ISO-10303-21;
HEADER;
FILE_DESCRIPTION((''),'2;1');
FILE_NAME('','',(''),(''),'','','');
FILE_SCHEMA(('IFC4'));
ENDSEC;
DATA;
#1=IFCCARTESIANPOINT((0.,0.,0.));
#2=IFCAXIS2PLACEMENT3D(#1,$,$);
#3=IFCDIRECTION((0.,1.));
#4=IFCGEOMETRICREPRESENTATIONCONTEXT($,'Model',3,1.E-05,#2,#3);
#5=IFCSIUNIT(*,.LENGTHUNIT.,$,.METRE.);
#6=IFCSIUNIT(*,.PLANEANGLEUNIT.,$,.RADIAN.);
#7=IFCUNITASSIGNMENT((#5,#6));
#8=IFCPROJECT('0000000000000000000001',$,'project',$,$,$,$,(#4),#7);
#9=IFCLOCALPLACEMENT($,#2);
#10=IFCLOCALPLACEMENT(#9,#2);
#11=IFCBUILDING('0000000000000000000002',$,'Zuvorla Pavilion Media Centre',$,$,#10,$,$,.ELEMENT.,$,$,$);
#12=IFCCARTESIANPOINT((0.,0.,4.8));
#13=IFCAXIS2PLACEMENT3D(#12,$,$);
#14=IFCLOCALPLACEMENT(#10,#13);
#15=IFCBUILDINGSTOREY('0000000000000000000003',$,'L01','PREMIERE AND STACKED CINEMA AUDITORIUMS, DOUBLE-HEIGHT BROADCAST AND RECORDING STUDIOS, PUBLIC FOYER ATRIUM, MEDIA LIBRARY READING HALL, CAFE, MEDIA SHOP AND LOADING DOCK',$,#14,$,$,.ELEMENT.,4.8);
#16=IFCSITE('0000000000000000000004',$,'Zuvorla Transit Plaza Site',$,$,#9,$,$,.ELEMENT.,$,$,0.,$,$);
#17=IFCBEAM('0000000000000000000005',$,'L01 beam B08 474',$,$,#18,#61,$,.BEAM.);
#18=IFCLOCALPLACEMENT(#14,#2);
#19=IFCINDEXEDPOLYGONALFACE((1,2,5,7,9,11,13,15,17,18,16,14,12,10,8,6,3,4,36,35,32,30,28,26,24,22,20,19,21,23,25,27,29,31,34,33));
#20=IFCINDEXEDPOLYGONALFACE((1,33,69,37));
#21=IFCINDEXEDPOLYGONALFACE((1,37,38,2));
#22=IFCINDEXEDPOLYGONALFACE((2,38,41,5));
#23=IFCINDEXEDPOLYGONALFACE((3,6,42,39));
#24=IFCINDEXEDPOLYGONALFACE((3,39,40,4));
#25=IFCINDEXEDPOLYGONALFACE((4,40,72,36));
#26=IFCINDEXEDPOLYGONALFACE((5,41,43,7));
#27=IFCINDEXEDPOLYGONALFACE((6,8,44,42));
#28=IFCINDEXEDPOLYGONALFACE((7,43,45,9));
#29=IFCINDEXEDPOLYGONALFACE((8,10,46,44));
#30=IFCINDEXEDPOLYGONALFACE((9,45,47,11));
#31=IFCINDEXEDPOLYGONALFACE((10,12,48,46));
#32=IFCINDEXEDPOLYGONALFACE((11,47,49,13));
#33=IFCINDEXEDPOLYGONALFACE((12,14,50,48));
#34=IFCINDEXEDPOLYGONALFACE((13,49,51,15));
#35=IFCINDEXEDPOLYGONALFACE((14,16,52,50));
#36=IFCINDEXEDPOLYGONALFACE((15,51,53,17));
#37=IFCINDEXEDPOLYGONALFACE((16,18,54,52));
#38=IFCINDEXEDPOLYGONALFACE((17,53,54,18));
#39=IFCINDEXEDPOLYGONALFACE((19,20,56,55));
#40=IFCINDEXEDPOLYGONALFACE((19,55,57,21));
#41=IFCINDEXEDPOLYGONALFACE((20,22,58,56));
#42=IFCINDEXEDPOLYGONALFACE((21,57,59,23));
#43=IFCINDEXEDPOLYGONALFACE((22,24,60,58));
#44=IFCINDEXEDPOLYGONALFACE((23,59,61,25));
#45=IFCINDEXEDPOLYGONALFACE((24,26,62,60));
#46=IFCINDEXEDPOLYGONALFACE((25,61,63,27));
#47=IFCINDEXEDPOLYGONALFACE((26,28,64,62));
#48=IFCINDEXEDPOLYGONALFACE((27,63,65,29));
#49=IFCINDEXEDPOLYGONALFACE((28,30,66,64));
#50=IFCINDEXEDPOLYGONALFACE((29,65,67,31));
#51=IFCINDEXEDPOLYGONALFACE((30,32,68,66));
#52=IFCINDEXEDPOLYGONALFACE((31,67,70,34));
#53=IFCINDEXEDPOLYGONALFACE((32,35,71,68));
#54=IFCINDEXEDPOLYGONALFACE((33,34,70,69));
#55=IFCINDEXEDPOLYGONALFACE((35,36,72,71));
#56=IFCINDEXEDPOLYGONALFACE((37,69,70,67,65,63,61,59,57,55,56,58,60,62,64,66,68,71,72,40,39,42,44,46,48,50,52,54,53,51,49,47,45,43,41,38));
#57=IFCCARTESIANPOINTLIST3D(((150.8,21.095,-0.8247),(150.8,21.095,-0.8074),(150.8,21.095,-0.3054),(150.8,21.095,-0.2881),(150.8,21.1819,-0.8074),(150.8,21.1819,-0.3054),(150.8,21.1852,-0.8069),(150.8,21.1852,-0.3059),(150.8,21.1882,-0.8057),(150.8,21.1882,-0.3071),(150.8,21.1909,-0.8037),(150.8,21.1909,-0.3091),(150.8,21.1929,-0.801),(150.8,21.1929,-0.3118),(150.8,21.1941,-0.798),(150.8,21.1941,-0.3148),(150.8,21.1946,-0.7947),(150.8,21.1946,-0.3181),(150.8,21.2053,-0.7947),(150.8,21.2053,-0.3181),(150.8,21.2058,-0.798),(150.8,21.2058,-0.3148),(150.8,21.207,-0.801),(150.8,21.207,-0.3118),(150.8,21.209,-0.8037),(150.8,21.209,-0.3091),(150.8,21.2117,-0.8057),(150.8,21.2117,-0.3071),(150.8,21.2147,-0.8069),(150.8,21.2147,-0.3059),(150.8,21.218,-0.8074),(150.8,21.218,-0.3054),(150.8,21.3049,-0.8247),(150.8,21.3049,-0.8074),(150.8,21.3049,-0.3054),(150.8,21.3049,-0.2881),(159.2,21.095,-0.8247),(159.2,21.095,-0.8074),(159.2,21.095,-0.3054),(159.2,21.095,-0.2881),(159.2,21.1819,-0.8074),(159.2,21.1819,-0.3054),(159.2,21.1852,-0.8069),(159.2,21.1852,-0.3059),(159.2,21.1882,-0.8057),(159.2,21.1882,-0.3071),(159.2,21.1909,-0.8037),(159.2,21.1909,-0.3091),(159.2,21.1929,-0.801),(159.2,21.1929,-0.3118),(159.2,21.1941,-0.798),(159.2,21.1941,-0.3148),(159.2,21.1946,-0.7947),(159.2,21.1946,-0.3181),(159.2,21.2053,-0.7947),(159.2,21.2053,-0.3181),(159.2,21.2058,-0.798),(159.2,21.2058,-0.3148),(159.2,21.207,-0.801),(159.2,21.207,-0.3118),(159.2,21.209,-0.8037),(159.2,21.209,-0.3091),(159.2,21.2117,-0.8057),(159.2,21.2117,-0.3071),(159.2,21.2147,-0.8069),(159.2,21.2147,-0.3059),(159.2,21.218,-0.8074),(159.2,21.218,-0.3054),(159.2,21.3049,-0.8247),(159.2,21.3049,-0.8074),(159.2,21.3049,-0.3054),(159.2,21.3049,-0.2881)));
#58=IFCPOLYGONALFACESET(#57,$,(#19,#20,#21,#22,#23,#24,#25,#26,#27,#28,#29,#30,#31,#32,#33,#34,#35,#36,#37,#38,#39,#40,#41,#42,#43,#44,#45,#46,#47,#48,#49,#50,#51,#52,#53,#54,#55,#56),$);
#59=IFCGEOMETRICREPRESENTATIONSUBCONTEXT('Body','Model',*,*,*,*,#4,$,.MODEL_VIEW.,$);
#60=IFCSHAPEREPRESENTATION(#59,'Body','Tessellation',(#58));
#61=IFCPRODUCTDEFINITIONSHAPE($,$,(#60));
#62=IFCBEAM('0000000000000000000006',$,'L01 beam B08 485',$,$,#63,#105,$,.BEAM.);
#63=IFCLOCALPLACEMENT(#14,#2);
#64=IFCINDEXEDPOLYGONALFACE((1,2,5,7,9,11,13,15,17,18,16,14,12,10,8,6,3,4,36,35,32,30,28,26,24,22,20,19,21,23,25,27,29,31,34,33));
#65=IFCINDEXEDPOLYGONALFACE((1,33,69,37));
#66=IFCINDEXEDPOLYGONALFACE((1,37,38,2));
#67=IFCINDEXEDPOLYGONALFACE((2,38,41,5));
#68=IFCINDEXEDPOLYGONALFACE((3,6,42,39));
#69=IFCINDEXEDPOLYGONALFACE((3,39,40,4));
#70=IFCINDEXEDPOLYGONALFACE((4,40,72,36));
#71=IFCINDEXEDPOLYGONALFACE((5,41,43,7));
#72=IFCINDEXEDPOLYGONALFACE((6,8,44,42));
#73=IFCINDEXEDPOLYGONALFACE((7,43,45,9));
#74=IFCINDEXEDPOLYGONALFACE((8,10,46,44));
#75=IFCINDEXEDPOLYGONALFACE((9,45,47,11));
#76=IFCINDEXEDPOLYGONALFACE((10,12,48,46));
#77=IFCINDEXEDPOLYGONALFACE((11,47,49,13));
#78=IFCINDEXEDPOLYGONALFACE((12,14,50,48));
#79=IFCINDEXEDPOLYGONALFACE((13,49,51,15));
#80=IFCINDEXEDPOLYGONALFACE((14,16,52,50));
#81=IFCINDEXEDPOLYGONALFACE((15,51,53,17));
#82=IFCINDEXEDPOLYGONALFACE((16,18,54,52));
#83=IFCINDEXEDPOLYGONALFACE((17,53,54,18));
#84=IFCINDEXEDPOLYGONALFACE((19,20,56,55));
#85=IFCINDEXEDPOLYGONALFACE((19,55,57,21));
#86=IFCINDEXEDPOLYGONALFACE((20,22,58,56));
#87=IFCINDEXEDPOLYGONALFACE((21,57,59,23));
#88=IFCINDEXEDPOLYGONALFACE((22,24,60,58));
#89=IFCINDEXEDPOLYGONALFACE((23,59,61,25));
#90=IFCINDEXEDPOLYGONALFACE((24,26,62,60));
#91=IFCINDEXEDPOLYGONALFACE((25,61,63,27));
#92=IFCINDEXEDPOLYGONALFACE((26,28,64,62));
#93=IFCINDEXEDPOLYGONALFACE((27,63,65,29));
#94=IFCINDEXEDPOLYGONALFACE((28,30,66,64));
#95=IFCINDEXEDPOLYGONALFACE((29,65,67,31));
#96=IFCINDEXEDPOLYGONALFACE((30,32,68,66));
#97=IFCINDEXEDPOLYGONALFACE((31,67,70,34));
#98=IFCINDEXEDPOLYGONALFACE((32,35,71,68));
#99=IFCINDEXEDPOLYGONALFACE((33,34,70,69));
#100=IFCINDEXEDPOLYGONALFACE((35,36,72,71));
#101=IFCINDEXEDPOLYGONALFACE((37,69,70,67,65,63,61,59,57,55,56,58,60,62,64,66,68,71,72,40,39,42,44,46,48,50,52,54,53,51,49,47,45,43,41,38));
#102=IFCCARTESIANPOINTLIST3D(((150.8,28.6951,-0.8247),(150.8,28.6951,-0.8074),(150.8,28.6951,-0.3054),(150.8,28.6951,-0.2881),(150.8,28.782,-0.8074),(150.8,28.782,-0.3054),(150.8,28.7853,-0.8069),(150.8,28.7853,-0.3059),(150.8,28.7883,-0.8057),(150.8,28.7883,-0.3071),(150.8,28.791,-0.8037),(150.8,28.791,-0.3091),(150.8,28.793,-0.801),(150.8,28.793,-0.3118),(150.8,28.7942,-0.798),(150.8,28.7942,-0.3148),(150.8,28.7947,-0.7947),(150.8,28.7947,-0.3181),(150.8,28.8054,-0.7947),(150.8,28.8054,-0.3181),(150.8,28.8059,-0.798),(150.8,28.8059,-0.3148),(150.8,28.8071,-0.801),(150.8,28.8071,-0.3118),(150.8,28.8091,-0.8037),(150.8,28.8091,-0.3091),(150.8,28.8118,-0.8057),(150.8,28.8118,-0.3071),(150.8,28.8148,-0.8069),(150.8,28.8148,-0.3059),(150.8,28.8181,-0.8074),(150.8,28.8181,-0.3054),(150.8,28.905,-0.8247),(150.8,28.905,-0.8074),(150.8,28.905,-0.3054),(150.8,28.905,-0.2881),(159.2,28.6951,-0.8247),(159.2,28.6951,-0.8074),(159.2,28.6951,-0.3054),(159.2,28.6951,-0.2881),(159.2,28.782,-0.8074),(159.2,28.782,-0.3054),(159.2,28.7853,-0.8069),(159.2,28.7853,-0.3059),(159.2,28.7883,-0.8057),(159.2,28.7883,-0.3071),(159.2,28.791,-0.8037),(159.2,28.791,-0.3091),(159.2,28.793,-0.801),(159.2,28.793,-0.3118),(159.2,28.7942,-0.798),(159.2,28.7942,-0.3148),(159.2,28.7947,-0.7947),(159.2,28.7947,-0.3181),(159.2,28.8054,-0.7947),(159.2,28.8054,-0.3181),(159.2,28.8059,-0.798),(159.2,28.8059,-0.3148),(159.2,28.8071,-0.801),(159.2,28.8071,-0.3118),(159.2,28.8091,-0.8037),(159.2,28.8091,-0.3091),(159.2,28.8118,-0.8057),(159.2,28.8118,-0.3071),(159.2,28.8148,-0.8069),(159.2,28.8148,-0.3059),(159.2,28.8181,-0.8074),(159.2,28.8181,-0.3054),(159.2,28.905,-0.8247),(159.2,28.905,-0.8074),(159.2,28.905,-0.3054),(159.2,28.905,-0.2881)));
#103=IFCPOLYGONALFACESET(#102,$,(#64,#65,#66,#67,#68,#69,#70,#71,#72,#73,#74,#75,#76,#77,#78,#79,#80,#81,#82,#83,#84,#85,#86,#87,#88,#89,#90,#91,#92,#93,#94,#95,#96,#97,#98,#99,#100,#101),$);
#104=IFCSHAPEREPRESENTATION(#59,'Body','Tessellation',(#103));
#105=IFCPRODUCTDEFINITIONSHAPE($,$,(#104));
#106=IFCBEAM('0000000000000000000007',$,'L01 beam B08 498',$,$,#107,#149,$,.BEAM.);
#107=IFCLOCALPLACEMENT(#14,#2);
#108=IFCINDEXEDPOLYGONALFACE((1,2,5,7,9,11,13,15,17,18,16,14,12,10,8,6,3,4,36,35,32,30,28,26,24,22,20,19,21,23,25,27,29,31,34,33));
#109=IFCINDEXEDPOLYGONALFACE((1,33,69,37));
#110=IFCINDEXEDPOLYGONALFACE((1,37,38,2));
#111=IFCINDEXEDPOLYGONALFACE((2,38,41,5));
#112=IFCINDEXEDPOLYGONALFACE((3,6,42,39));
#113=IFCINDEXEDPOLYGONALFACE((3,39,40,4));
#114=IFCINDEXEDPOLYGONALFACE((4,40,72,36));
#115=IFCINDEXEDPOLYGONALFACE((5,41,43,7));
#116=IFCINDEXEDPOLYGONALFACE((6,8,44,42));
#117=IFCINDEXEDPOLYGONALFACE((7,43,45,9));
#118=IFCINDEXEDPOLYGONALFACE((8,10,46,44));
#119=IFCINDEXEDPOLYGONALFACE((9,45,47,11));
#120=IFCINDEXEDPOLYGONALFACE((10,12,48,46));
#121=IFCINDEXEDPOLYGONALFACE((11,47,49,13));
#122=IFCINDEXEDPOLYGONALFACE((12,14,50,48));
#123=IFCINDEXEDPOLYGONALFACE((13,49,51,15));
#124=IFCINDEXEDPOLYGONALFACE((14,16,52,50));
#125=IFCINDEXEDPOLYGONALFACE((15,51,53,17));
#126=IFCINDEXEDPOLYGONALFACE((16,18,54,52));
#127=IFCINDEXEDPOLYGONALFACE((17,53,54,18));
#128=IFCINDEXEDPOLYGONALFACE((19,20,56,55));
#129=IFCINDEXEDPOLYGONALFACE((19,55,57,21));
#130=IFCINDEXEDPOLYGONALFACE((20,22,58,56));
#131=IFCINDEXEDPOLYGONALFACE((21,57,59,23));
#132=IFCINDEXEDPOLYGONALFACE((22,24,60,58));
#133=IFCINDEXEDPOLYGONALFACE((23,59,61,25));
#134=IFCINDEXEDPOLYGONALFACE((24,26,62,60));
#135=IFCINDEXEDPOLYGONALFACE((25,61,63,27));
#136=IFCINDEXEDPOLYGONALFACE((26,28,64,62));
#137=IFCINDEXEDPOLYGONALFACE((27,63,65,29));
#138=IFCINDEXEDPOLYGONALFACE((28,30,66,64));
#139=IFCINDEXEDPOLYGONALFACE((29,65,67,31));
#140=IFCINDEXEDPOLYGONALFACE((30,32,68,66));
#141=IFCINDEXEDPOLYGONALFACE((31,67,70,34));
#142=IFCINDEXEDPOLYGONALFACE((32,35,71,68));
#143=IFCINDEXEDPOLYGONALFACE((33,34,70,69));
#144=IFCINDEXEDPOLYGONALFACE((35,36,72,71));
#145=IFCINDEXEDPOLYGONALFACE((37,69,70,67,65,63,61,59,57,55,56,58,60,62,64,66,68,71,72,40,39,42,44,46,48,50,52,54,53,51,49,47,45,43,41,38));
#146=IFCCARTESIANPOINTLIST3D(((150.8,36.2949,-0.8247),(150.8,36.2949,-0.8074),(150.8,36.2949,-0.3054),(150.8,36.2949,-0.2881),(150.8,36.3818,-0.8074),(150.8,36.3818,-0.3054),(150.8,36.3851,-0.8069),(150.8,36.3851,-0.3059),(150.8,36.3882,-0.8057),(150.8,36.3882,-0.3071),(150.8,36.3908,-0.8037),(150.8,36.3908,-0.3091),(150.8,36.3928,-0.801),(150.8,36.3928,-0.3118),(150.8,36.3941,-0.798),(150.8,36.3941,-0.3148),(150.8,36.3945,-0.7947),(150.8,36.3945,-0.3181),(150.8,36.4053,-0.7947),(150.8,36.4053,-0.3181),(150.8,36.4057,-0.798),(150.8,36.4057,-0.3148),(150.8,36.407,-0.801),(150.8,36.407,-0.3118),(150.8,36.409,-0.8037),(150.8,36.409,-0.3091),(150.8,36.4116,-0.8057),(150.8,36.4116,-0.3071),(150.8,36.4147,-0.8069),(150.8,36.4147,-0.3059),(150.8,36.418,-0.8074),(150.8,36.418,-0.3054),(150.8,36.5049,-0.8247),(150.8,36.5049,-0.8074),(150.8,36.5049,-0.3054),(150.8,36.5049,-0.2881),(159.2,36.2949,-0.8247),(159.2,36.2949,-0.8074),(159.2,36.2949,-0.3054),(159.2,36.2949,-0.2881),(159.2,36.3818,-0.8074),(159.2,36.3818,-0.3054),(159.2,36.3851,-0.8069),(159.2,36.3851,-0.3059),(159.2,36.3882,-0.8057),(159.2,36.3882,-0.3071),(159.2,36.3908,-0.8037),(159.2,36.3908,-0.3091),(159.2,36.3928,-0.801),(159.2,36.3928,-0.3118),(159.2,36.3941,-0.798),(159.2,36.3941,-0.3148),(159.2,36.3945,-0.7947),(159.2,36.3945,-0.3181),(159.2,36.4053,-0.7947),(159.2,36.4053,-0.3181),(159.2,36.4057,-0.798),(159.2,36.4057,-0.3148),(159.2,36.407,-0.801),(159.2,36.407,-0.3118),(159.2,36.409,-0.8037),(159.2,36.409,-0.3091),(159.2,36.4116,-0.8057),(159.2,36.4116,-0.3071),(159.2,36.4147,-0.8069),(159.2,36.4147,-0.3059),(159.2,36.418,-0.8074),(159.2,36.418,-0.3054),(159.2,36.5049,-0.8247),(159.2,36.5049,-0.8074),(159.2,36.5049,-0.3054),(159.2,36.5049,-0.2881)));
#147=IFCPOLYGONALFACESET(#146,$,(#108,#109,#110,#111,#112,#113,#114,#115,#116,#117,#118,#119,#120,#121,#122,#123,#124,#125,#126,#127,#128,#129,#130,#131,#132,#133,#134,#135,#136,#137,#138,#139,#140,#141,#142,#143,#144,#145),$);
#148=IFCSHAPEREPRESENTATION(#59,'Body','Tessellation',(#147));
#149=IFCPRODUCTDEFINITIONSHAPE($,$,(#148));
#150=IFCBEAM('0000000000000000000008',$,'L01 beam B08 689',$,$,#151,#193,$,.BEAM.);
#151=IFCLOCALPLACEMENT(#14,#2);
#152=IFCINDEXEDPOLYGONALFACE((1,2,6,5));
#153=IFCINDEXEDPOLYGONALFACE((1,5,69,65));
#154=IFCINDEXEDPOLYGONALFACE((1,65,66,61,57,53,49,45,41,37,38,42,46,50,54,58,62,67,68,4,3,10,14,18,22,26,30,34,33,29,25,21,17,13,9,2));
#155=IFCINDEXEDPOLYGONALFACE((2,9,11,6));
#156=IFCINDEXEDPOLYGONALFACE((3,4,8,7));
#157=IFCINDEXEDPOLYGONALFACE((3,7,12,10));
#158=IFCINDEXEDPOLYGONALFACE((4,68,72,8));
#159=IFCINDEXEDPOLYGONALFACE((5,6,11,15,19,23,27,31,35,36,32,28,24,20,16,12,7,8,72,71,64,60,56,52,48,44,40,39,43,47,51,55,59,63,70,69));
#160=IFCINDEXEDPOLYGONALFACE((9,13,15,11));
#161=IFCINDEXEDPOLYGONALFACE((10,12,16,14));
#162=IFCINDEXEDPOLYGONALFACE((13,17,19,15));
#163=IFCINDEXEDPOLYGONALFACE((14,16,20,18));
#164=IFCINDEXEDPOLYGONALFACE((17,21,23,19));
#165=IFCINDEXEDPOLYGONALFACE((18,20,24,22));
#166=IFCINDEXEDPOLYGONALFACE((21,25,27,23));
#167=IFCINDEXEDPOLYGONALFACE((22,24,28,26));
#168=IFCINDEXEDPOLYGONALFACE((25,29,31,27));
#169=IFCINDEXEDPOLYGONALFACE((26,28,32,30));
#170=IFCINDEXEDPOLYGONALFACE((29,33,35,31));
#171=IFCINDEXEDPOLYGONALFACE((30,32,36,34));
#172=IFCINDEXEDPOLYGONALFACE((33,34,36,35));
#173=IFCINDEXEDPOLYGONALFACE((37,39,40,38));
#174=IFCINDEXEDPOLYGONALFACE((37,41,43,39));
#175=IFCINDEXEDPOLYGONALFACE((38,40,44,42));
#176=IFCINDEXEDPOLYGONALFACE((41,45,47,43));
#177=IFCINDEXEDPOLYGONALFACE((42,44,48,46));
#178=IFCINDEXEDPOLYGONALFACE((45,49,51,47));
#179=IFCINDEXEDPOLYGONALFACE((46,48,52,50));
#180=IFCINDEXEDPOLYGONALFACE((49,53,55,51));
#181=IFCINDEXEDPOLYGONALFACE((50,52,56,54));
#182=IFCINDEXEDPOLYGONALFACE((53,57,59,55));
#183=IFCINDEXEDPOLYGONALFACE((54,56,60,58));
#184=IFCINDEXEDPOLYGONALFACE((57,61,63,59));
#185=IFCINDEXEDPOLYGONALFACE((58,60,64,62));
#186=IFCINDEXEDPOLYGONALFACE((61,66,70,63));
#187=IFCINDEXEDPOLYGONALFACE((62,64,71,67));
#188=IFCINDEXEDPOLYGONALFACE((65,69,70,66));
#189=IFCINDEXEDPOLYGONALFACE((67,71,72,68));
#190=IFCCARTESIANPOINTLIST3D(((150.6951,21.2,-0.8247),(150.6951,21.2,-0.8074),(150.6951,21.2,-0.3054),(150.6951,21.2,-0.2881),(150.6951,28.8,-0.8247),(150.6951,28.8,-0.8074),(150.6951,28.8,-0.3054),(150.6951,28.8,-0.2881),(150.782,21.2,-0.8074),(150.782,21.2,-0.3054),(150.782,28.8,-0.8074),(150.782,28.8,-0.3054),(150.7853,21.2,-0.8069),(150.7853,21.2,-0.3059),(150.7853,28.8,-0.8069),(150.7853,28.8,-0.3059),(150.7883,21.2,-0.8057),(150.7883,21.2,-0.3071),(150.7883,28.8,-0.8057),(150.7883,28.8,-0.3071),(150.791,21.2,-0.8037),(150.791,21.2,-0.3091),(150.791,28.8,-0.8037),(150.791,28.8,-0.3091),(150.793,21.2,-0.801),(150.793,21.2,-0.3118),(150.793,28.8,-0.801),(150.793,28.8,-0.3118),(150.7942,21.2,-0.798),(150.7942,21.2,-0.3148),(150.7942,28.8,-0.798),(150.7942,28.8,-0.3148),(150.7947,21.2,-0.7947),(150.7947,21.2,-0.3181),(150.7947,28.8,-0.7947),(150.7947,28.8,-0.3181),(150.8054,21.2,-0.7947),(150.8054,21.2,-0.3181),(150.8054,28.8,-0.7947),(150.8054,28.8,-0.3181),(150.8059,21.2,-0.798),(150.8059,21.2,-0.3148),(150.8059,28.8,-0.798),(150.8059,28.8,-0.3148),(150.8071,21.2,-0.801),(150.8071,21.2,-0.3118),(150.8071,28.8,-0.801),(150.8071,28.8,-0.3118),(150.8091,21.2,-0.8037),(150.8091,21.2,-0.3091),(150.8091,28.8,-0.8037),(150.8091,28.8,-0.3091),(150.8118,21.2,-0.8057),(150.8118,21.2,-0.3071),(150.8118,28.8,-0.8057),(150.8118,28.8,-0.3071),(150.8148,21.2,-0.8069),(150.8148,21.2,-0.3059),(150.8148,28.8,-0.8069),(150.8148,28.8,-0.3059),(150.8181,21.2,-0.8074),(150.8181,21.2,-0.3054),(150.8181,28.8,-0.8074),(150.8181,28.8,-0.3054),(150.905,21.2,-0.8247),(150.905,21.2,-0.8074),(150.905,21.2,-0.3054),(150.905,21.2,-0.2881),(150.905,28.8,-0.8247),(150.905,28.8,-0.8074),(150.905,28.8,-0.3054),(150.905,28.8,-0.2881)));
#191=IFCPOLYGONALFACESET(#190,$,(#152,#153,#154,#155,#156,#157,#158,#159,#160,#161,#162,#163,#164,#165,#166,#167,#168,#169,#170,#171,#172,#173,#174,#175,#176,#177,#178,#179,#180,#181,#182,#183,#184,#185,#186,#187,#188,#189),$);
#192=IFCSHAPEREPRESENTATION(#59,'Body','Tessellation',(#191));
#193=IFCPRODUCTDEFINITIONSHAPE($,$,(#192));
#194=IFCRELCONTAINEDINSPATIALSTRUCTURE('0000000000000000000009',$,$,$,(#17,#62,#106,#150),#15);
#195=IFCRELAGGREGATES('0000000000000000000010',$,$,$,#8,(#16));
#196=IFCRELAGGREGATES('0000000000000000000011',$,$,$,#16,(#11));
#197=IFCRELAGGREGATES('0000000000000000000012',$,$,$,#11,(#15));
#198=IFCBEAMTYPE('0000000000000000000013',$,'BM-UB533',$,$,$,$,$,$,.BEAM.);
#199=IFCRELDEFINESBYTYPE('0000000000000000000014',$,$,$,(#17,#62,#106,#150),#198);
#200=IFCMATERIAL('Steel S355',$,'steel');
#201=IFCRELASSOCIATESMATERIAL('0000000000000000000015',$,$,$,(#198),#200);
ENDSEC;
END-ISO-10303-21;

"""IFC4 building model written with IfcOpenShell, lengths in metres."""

from ifc_helpers import new_model, si_unit, direction, frame, origin, origin_2d, place, context, subcontext, project, spatial, i_section, extrude, material, material_profile, profile_set, type_object, element, save


model = new_model("IFC4")

# Units and contexts
model_context = context("Model", 3, precision=1e-05, world=origin(), true_north=direction((0.0, 1.0)))
body_context = subcontext(model_context, "Body", "Model", "MODEL_VIEW")
ifc_project = project(units=[si_unit("LENGTHUNIT", "METRE"), si_unit("PLANEANGLEUNIT", "RADIAN")], contexts=[model_context])

# Site, building, storey
site_placement = place(None, origin())
site = spatial("IfcSite", under=ifc_project, at=site_placement, Name="Zuvorla Transit Plaza Site", CompositionType="ELEMENT", RefElevation=0.0)
building_placement = place(site_placement, origin())
building = spatial("IfcBuilding", under=site, at=building_placement, Name="Zuvorla Pavilion Media Centre", CompositionType="ELEMENT")
storey_placement = place(building_placement, frame((0.0, 0.0, 4.8)))
storey = spatial("IfcBuildingStorey", under=building, at=storey_placement, Name="L01", Description="PREMIERE AND STACKED CINEMA AUDITORIUMS, DOUBLE-HEIGHT BROADCAST AND RECORDING STUDIOS, PUBLIC FOYER ATRIUM, MEDIA LIBRARY READING HALL, CAFE, MEDIA SHOP AND LOADING DOCK", CompositionType="ELEMENT", Elevation=4.8)

# Shared definitions
ifc_material_1 = material(Name="Steel S355", Category="steel")

# Beams
ifc_material_profile_1 = material_profile(ifc_material_1, i_section(OverallWidth=0.21, OverallDepth=0.5366, WebThickness=0.0107, FlangeThickness=0.0173, FilletRadius=0.0127, at=origin_2d()), Name="UB 533x210x101")
ifc_profile_set_1 = profile_set([ifc_material_profile_1], Name="Steel S355")
beam_type_1 = type_object("IfcBeamType", Name="BM-UB533", PredefinedType="BEAM", material=ifc_profile_set_1)
for number, where, z_axis, x_axis, name in (
    (1, (150.8, 21.2, -0.5564), (1.0, 0.0, 0.0), (0.0, 1.0, 0.0), "L01 beam B08 474"),
    (2, (150.8, 28.8, -0.5564), (1.0, 0.0, 0.0), (0.0, 1.0, 0.0), "L01 beam B08 485"),
    (3, (150.8, 36.3999, -0.5564), (1.0, 0.0, 0.0), (0.0, 1.0, 0.0), "L01 beam B08 498"),
):
    element("IfcBeam", number, at=place(storey_placement, frame(where, z_axis=z_axis, x_axis=x_axis)), inside=storey, type_object=beam_type_1, Name=name, PredefinedType="BEAM", context=body_context, shape_type="SweptSolid", body=[
        extrude(i_section(OverallWidth=0.21, OverallDepth=0.5366, WebThickness=0.0107, FlangeThickness=0.0173, FilletRadius=0.0127, at=origin_2d()), origin(), (0.0, 0.0, 1.0), 8.3999),
    ])
beam_1_placement = place(storey_placement, frame((150.8, 21.2, -0.5564), z_axis=(0.0, 1.0, 0.0), x_axis=(-1.0, 0.0, 0.0)))
element("IfcBeam", 4, at=beam_1_placement, inside=storey, type_object=beam_type_1, Name="L01 beam B08 689", PredefinedType="BEAM", context=body_context, shape_type="SweptSolid", body=[
    extrude(i_section(OverallWidth=0.21, OverallDepth=0.5366, WebThickness=0.0107, FlangeThickness=0.0173, FilletRadius=0.0127, at=origin_2d()), origin(), (0.0, 0.0, 1.0), 7.6001),
])

save(model, "model.ifc")
